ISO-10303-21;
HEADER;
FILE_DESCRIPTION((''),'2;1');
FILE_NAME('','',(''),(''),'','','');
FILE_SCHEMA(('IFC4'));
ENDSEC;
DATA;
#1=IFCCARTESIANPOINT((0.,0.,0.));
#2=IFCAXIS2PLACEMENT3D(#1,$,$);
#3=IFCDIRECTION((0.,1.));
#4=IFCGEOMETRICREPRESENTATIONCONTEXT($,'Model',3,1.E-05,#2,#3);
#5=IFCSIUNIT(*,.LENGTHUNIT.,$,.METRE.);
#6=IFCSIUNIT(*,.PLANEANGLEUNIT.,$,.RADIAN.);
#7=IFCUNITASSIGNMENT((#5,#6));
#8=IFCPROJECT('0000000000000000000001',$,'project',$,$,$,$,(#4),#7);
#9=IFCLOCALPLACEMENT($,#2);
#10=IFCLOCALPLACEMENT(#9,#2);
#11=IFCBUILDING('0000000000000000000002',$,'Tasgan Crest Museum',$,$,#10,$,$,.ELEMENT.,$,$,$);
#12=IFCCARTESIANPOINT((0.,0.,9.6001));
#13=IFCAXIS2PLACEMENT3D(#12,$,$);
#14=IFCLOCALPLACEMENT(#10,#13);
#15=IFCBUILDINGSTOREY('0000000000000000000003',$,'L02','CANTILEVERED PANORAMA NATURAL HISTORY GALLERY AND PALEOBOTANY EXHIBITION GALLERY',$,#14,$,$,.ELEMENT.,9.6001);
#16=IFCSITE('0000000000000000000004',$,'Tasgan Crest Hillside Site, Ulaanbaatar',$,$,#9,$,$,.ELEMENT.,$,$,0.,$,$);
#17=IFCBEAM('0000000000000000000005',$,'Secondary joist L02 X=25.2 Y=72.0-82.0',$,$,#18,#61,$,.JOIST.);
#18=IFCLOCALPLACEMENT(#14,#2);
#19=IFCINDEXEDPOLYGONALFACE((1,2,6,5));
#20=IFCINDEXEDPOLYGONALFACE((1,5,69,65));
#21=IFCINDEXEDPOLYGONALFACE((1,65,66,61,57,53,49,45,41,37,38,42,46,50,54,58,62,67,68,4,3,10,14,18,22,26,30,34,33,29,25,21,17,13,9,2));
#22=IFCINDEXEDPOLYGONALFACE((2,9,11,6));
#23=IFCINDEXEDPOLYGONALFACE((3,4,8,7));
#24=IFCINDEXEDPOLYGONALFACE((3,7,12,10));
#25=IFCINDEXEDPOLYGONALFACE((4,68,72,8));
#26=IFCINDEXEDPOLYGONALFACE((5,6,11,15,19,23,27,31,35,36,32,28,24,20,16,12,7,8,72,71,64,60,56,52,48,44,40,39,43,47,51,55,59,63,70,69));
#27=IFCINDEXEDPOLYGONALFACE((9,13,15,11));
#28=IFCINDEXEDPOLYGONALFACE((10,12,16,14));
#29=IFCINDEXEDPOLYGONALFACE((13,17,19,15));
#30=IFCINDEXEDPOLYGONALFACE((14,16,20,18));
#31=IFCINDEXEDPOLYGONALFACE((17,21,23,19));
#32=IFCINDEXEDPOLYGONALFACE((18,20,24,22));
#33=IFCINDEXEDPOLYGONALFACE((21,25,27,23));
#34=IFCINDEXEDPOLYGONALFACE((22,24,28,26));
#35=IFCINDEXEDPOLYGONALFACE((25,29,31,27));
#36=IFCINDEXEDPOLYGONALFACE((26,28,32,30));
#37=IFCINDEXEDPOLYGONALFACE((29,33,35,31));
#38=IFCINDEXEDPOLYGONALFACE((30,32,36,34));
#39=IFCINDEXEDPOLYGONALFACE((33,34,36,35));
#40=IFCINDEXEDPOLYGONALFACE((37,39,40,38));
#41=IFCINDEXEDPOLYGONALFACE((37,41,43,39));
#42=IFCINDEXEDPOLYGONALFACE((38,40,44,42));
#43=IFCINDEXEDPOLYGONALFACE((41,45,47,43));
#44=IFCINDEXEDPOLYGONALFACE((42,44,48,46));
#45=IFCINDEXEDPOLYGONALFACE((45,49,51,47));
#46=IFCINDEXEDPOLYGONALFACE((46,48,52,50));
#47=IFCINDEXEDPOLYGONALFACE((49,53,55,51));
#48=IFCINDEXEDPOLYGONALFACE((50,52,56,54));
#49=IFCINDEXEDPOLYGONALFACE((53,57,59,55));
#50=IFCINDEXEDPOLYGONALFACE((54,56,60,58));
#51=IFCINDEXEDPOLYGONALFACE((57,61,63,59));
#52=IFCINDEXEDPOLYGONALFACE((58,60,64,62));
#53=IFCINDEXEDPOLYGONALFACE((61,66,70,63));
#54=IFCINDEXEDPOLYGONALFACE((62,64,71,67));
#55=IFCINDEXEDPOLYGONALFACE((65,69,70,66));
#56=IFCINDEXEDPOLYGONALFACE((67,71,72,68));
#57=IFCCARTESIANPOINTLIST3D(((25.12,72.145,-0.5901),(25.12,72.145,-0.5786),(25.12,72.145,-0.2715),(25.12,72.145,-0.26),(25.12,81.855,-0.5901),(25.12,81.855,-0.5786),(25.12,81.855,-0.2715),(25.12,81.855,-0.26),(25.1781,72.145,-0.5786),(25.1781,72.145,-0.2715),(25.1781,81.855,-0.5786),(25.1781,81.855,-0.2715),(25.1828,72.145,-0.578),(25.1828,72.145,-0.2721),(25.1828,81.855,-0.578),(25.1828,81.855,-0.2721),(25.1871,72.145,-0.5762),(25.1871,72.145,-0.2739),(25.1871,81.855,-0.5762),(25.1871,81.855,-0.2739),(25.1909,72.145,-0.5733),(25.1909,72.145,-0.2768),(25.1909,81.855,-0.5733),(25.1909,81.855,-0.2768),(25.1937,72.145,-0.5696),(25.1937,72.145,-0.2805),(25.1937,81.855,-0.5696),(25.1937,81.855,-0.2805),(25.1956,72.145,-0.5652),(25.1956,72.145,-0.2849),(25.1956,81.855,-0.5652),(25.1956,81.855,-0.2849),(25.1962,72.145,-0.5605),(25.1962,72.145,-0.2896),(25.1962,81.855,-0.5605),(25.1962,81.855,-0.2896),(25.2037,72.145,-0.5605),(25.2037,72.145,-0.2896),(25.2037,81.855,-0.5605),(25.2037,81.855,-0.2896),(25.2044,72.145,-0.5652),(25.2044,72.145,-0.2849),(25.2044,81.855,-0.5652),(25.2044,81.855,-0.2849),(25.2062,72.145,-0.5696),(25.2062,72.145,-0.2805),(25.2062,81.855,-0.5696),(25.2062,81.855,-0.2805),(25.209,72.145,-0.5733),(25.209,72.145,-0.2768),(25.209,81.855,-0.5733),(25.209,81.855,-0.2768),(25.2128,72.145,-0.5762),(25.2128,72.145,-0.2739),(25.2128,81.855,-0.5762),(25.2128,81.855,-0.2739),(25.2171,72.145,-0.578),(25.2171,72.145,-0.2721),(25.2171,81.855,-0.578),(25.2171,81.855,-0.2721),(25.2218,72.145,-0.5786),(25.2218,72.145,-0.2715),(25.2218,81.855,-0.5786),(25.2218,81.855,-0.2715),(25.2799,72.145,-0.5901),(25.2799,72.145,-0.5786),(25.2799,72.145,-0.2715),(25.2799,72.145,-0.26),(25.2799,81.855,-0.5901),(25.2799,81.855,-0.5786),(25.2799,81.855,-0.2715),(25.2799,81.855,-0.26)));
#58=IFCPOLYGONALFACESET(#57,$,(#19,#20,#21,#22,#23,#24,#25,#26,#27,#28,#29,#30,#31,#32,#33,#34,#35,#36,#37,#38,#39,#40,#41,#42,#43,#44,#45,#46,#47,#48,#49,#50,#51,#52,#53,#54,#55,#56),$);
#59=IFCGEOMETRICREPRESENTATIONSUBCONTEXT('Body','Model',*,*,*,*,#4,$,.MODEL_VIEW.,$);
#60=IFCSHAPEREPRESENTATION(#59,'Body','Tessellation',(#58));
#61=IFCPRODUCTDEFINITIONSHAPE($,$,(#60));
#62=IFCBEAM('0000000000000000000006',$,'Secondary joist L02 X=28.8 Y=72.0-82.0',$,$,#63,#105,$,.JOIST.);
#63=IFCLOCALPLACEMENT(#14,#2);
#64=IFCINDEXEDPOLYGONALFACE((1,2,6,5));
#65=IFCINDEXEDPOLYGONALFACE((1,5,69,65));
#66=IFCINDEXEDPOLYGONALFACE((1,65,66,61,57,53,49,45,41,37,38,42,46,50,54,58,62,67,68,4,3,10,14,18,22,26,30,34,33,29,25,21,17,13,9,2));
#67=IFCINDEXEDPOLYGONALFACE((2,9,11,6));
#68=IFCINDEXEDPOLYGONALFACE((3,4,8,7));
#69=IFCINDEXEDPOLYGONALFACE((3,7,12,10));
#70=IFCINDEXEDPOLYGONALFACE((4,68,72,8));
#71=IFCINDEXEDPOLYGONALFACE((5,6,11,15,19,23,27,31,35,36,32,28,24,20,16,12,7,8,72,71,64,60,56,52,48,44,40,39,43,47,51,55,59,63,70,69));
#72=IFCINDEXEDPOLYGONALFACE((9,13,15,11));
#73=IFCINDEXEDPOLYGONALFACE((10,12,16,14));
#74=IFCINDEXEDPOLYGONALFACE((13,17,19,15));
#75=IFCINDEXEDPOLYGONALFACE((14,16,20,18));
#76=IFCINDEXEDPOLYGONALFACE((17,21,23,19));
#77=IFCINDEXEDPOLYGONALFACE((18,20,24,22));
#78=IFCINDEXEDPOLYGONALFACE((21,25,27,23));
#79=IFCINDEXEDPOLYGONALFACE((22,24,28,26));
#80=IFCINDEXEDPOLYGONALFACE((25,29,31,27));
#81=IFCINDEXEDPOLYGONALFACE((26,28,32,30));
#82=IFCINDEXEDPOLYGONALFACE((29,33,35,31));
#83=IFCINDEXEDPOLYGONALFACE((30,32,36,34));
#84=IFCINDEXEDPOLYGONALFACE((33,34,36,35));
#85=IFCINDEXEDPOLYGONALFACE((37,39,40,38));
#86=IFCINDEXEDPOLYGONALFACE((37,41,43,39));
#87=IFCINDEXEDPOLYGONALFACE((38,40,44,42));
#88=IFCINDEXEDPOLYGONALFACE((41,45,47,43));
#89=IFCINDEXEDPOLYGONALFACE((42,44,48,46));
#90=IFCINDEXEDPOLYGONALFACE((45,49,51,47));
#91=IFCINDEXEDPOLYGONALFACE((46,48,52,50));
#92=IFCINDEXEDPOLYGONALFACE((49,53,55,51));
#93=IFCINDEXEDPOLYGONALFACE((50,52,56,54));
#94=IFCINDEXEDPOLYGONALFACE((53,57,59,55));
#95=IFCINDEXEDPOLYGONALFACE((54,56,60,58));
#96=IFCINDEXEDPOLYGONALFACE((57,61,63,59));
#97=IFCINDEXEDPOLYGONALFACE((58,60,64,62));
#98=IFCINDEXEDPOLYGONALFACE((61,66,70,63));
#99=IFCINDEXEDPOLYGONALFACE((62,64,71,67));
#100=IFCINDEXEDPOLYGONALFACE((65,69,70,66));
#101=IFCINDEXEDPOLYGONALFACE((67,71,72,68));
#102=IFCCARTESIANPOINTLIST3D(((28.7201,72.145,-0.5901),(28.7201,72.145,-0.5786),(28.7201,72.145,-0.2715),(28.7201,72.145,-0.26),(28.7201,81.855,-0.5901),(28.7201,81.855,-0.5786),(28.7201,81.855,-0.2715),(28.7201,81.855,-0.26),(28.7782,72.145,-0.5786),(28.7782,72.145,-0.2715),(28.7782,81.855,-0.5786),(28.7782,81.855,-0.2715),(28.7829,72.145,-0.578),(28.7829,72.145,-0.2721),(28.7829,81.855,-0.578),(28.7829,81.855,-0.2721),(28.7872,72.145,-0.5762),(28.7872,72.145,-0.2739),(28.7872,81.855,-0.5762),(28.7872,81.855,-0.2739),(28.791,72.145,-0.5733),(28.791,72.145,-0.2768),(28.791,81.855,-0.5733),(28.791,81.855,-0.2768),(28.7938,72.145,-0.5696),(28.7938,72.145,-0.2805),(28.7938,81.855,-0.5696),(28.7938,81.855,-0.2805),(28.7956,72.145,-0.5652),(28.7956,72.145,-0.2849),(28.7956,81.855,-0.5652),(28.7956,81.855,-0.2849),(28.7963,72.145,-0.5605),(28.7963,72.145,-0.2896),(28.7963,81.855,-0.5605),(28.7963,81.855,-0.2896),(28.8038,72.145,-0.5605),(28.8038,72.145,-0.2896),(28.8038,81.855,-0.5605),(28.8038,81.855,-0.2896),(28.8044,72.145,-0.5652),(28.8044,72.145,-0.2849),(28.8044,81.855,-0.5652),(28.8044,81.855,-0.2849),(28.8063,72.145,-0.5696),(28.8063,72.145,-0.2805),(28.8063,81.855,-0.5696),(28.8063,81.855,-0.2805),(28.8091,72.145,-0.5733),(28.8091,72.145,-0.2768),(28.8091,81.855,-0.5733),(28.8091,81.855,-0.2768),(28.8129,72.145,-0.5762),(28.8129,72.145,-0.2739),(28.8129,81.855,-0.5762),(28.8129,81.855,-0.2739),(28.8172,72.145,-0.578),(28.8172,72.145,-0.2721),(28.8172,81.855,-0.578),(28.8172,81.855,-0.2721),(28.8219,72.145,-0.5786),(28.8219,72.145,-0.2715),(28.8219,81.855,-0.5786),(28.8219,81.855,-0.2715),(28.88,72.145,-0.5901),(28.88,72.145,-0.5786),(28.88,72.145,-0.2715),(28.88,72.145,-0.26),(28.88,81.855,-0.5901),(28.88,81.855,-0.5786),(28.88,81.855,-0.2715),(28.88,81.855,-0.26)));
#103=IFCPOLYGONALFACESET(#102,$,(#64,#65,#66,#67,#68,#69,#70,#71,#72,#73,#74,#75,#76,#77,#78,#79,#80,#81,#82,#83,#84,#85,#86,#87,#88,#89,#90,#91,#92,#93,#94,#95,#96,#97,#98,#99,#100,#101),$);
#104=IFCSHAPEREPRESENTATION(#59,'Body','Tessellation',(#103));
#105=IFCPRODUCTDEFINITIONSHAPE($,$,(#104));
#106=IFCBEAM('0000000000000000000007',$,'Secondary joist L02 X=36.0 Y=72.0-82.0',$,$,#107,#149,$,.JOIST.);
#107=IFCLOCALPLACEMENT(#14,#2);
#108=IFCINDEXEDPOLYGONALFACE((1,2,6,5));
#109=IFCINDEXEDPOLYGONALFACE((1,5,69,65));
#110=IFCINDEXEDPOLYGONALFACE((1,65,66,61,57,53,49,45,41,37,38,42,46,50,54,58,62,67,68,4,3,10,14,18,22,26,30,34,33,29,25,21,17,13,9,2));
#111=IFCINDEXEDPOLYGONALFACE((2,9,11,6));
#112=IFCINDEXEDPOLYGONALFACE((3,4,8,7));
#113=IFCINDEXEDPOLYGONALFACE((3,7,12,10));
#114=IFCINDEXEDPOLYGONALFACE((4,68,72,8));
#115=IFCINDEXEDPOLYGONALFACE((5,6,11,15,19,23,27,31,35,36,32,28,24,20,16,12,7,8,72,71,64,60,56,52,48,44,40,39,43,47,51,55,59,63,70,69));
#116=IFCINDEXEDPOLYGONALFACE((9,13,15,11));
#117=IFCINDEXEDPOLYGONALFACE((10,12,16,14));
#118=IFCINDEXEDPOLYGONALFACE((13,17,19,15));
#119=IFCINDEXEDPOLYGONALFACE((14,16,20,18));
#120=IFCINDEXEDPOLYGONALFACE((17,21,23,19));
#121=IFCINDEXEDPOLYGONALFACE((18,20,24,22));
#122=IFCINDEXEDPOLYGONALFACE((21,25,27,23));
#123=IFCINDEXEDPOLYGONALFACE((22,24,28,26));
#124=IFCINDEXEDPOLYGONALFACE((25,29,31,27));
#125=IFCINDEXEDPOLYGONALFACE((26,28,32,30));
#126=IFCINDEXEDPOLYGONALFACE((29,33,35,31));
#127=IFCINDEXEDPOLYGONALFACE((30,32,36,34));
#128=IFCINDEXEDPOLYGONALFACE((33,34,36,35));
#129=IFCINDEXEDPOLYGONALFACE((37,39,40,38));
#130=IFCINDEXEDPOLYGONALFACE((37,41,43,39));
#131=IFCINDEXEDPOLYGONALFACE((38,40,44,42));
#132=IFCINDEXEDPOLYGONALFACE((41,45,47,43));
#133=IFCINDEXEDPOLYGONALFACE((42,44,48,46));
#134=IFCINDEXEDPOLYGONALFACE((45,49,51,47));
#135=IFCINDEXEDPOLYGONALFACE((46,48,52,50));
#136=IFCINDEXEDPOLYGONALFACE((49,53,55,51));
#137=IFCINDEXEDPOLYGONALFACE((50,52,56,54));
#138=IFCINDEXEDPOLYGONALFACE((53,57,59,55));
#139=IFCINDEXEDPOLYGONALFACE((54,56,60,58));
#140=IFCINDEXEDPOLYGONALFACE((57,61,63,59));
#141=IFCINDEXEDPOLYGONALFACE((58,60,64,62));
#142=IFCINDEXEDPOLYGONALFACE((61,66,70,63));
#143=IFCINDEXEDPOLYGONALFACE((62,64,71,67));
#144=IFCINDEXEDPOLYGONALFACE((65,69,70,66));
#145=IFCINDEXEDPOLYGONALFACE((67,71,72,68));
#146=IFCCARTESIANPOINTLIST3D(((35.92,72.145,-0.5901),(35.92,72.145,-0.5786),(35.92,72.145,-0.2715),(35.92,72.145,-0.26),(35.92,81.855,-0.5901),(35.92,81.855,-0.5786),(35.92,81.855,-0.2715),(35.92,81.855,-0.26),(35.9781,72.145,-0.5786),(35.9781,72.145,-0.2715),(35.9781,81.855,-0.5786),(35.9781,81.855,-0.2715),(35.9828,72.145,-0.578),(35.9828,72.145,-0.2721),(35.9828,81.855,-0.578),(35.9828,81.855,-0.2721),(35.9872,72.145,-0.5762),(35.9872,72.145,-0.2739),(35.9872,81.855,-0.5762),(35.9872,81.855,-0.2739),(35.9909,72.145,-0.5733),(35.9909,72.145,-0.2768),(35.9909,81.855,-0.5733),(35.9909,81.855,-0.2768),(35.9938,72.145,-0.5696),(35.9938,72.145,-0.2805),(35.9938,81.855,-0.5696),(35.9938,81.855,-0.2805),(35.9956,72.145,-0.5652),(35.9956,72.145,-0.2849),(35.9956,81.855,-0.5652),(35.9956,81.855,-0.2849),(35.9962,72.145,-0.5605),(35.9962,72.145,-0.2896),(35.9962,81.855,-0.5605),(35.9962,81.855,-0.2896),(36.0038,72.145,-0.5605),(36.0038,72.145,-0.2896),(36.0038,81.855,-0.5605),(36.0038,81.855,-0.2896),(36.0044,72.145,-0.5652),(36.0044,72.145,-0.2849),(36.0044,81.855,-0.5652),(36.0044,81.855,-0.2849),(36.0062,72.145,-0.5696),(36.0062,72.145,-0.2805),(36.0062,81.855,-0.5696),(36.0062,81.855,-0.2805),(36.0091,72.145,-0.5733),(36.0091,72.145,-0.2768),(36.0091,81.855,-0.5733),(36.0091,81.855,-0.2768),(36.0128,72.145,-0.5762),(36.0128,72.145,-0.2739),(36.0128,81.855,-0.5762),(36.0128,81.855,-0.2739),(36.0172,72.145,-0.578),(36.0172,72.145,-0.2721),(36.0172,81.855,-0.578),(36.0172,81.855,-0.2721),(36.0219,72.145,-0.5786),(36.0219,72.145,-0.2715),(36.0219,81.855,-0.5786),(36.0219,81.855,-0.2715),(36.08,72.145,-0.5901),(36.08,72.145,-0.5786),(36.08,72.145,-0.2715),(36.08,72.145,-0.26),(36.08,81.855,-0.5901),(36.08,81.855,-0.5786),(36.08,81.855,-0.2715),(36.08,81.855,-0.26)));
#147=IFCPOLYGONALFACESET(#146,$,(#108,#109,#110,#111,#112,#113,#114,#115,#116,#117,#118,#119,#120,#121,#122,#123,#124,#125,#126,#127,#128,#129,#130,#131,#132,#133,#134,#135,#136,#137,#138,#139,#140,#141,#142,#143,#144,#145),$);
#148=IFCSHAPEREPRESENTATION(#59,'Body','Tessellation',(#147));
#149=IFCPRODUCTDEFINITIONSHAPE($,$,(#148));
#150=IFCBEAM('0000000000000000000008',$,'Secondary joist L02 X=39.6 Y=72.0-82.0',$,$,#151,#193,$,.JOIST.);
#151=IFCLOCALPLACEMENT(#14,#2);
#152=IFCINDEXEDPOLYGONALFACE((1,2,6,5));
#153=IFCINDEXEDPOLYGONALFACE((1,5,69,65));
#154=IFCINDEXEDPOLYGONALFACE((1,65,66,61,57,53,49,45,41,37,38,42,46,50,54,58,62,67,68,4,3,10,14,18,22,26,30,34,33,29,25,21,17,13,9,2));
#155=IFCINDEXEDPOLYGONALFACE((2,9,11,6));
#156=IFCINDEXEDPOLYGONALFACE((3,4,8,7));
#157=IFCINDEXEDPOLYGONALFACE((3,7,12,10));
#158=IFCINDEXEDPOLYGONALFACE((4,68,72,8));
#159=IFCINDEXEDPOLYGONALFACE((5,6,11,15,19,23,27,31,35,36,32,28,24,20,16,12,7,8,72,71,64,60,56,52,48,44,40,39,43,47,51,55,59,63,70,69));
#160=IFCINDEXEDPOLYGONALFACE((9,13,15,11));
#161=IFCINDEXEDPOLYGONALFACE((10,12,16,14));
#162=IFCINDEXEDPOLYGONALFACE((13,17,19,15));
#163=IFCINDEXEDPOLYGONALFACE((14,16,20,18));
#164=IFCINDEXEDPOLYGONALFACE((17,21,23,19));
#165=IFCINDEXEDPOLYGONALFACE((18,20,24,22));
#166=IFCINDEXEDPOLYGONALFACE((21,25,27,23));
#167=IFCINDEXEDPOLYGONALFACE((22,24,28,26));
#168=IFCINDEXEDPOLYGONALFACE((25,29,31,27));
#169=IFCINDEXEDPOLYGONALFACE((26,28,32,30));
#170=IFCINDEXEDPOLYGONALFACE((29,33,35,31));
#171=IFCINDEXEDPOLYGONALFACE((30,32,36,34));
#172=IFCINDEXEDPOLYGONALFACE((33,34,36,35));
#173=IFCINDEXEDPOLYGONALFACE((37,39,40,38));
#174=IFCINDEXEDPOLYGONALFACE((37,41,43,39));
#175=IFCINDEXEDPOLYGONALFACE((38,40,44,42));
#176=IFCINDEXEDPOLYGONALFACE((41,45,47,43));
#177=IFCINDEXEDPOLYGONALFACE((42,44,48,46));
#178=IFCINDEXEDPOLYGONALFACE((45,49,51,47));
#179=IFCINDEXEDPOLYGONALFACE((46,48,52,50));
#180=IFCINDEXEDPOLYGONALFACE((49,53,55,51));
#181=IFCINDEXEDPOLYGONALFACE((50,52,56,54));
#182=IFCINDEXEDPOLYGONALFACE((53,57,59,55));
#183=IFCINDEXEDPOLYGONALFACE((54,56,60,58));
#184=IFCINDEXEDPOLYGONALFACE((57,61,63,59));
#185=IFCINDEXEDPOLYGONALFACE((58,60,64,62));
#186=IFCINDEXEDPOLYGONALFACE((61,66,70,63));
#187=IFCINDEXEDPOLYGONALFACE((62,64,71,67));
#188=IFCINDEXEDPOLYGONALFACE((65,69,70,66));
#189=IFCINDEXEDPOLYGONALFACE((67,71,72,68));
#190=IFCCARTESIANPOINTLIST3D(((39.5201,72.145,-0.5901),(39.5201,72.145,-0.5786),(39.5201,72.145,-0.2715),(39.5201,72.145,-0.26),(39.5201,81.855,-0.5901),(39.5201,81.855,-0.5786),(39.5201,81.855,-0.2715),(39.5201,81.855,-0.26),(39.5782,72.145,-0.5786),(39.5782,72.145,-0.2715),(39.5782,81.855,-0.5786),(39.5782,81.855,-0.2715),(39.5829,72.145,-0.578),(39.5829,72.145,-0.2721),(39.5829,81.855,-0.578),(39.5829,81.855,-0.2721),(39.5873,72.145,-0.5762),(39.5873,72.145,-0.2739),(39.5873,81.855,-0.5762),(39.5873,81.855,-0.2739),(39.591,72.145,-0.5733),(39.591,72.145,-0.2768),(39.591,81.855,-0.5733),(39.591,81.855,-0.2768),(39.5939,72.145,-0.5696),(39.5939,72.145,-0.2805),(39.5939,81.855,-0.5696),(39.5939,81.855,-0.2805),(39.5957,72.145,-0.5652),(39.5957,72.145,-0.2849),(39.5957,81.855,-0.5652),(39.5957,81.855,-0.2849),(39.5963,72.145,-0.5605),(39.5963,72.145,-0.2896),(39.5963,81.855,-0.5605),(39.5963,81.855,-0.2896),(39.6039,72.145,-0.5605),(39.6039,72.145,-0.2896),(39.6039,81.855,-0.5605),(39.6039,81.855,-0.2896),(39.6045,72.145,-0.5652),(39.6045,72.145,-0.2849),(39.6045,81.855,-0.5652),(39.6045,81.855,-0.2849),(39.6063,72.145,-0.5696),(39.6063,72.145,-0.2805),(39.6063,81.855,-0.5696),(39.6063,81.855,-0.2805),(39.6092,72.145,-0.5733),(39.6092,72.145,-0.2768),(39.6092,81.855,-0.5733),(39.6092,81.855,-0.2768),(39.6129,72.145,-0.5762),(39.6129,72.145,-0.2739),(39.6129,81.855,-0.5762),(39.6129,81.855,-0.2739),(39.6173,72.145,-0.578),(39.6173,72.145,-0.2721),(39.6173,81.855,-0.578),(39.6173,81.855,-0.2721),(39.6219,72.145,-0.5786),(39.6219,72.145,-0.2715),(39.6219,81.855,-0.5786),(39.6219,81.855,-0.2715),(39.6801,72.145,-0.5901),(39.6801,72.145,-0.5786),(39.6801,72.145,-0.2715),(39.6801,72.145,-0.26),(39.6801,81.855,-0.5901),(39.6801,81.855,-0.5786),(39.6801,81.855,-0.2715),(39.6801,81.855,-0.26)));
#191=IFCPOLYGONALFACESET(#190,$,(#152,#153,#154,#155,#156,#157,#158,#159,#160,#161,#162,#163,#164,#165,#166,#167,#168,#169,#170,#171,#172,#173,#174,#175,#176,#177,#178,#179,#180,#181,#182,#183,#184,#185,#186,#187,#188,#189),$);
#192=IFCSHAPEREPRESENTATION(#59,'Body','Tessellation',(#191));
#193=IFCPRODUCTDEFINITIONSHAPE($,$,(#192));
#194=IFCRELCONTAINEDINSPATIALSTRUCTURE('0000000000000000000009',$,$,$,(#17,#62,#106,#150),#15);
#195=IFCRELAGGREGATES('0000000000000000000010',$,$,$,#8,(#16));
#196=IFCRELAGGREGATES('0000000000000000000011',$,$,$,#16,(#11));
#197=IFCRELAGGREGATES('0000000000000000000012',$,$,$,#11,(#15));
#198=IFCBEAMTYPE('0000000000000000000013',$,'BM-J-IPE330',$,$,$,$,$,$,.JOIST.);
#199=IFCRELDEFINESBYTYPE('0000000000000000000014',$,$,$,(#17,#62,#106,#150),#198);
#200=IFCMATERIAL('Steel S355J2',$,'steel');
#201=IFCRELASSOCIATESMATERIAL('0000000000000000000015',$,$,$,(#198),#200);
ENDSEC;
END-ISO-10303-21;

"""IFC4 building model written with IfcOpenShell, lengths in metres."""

from ifc_helpers import new_model, si_unit, direction, frame, origin, origin_2d, place, context, subcontext, project, spatial, i_section, extrude, material, material_profile, profile_set, type_object, element, save


model = new_model("IFC4")

# Units and contexts
model_context = context("Model", 3, precision=1e-05, world=origin(), true_north=direction((0.0, 1.0)))
body_context = subcontext(model_context, "Body", "Model", "MODEL_VIEW")
ifc_project = project(units=[si_unit("LENGTHUNIT", "METRE"), si_unit("PLANEANGLEUNIT", "RADIAN")], contexts=[model_context])

# Site, building, storey
site_placement = place(None, origin())
site = spatial("IfcSite", under=ifc_project, at=site_placement, Name="Tasgan Crest Hillside Site, Ulaanbaatar", CompositionType="ELEMENT", RefElevation=0.0)
building_placement = place(site_placement, origin())
building = spatial("IfcBuilding", under=site, at=building_placement, Name="Tasgan Crest Museum", CompositionType="ELEMENT")
storey_placement = place(building_placement, frame((0.0, 0.0, 9.6001)))
storey = spatial("IfcBuildingStorey", under=building, at=storey_placement, Name="L02", Description="CANTILEVERED PANORAMA NATURAL HISTORY GALLERY AND PALEOBOTANY EXHIBITION GALLERY", CompositionType="ELEMENT", Elevation=9.6001)

# Beams
ifc_material_1 = material(Name="Steel S355J2", Category="steel")
ifc_material_profile_1 = material_profile(ifc_material_1, i_section(OverallWidth=0.1599, OverallDepth=0.3301, WebThickness=0.0076, FlangeThickness=0.0115, FilletRadius=0.0181, at=origin_2d()), Name="IPE 330")
ifc_profile_set_1 = profile_set([ifc_material_profile_1], Name="Steel S355J2")
beam_type_1 = type_object("IfcBeamType", Name="BM-J-IPE330", PredefinedType="JOIST", material=ifc_profile_set_1)
for number, where, z_axis, x_axis, name in (
    (1, (25.2, 72.145, -0.425), (0.0, 1.0, 0.0), (-1.0, 0.0, 0.0), "Secondary joist L02 X=25.2 Y=72.0-82.0"),
    (2, (28.8, 72.145, -0.425), (0.0, 1.0, 0.0), (-1.0, 0.0, 0.0), "Secondary joist L02 X=28.8 Y=72.0-82.0"),
    (3, (36.0, 72.145, -0.425), (0.0, 1.0, 0.0), (-1.0, 0.0, 0.0), "Secondary joist L02 X=36.0 Y=72.0-82.0"),
    (4, (39.6001, 72.145, -0.425), (0.0, 1.0, 0.0), (-1.0, 0.0, 0.0), "Secondary joist L02 X=39.6 Y=72.0-82.0"),
):
    element("IfcBeam", number, at=place(storey_placement, frame(where, z_axis=z_axis, x_axis=x_axis)), inside=storey, type_object=beam_type_1, Name=name, PredefinedType="JOIST", context=body_context, shape_type="SweptSolid", body=[
        extrude(i_section(OverallWidth=0.1599, OverallDepth=0.3301, WebThickness=0.0076, FlangeThickness=0.0115, FilletRadius=0.0181, at=origin_2d()), origin(), (0.0, 0.0, 1.0), 9.71),
    ])

save(model, "model.ifc")
